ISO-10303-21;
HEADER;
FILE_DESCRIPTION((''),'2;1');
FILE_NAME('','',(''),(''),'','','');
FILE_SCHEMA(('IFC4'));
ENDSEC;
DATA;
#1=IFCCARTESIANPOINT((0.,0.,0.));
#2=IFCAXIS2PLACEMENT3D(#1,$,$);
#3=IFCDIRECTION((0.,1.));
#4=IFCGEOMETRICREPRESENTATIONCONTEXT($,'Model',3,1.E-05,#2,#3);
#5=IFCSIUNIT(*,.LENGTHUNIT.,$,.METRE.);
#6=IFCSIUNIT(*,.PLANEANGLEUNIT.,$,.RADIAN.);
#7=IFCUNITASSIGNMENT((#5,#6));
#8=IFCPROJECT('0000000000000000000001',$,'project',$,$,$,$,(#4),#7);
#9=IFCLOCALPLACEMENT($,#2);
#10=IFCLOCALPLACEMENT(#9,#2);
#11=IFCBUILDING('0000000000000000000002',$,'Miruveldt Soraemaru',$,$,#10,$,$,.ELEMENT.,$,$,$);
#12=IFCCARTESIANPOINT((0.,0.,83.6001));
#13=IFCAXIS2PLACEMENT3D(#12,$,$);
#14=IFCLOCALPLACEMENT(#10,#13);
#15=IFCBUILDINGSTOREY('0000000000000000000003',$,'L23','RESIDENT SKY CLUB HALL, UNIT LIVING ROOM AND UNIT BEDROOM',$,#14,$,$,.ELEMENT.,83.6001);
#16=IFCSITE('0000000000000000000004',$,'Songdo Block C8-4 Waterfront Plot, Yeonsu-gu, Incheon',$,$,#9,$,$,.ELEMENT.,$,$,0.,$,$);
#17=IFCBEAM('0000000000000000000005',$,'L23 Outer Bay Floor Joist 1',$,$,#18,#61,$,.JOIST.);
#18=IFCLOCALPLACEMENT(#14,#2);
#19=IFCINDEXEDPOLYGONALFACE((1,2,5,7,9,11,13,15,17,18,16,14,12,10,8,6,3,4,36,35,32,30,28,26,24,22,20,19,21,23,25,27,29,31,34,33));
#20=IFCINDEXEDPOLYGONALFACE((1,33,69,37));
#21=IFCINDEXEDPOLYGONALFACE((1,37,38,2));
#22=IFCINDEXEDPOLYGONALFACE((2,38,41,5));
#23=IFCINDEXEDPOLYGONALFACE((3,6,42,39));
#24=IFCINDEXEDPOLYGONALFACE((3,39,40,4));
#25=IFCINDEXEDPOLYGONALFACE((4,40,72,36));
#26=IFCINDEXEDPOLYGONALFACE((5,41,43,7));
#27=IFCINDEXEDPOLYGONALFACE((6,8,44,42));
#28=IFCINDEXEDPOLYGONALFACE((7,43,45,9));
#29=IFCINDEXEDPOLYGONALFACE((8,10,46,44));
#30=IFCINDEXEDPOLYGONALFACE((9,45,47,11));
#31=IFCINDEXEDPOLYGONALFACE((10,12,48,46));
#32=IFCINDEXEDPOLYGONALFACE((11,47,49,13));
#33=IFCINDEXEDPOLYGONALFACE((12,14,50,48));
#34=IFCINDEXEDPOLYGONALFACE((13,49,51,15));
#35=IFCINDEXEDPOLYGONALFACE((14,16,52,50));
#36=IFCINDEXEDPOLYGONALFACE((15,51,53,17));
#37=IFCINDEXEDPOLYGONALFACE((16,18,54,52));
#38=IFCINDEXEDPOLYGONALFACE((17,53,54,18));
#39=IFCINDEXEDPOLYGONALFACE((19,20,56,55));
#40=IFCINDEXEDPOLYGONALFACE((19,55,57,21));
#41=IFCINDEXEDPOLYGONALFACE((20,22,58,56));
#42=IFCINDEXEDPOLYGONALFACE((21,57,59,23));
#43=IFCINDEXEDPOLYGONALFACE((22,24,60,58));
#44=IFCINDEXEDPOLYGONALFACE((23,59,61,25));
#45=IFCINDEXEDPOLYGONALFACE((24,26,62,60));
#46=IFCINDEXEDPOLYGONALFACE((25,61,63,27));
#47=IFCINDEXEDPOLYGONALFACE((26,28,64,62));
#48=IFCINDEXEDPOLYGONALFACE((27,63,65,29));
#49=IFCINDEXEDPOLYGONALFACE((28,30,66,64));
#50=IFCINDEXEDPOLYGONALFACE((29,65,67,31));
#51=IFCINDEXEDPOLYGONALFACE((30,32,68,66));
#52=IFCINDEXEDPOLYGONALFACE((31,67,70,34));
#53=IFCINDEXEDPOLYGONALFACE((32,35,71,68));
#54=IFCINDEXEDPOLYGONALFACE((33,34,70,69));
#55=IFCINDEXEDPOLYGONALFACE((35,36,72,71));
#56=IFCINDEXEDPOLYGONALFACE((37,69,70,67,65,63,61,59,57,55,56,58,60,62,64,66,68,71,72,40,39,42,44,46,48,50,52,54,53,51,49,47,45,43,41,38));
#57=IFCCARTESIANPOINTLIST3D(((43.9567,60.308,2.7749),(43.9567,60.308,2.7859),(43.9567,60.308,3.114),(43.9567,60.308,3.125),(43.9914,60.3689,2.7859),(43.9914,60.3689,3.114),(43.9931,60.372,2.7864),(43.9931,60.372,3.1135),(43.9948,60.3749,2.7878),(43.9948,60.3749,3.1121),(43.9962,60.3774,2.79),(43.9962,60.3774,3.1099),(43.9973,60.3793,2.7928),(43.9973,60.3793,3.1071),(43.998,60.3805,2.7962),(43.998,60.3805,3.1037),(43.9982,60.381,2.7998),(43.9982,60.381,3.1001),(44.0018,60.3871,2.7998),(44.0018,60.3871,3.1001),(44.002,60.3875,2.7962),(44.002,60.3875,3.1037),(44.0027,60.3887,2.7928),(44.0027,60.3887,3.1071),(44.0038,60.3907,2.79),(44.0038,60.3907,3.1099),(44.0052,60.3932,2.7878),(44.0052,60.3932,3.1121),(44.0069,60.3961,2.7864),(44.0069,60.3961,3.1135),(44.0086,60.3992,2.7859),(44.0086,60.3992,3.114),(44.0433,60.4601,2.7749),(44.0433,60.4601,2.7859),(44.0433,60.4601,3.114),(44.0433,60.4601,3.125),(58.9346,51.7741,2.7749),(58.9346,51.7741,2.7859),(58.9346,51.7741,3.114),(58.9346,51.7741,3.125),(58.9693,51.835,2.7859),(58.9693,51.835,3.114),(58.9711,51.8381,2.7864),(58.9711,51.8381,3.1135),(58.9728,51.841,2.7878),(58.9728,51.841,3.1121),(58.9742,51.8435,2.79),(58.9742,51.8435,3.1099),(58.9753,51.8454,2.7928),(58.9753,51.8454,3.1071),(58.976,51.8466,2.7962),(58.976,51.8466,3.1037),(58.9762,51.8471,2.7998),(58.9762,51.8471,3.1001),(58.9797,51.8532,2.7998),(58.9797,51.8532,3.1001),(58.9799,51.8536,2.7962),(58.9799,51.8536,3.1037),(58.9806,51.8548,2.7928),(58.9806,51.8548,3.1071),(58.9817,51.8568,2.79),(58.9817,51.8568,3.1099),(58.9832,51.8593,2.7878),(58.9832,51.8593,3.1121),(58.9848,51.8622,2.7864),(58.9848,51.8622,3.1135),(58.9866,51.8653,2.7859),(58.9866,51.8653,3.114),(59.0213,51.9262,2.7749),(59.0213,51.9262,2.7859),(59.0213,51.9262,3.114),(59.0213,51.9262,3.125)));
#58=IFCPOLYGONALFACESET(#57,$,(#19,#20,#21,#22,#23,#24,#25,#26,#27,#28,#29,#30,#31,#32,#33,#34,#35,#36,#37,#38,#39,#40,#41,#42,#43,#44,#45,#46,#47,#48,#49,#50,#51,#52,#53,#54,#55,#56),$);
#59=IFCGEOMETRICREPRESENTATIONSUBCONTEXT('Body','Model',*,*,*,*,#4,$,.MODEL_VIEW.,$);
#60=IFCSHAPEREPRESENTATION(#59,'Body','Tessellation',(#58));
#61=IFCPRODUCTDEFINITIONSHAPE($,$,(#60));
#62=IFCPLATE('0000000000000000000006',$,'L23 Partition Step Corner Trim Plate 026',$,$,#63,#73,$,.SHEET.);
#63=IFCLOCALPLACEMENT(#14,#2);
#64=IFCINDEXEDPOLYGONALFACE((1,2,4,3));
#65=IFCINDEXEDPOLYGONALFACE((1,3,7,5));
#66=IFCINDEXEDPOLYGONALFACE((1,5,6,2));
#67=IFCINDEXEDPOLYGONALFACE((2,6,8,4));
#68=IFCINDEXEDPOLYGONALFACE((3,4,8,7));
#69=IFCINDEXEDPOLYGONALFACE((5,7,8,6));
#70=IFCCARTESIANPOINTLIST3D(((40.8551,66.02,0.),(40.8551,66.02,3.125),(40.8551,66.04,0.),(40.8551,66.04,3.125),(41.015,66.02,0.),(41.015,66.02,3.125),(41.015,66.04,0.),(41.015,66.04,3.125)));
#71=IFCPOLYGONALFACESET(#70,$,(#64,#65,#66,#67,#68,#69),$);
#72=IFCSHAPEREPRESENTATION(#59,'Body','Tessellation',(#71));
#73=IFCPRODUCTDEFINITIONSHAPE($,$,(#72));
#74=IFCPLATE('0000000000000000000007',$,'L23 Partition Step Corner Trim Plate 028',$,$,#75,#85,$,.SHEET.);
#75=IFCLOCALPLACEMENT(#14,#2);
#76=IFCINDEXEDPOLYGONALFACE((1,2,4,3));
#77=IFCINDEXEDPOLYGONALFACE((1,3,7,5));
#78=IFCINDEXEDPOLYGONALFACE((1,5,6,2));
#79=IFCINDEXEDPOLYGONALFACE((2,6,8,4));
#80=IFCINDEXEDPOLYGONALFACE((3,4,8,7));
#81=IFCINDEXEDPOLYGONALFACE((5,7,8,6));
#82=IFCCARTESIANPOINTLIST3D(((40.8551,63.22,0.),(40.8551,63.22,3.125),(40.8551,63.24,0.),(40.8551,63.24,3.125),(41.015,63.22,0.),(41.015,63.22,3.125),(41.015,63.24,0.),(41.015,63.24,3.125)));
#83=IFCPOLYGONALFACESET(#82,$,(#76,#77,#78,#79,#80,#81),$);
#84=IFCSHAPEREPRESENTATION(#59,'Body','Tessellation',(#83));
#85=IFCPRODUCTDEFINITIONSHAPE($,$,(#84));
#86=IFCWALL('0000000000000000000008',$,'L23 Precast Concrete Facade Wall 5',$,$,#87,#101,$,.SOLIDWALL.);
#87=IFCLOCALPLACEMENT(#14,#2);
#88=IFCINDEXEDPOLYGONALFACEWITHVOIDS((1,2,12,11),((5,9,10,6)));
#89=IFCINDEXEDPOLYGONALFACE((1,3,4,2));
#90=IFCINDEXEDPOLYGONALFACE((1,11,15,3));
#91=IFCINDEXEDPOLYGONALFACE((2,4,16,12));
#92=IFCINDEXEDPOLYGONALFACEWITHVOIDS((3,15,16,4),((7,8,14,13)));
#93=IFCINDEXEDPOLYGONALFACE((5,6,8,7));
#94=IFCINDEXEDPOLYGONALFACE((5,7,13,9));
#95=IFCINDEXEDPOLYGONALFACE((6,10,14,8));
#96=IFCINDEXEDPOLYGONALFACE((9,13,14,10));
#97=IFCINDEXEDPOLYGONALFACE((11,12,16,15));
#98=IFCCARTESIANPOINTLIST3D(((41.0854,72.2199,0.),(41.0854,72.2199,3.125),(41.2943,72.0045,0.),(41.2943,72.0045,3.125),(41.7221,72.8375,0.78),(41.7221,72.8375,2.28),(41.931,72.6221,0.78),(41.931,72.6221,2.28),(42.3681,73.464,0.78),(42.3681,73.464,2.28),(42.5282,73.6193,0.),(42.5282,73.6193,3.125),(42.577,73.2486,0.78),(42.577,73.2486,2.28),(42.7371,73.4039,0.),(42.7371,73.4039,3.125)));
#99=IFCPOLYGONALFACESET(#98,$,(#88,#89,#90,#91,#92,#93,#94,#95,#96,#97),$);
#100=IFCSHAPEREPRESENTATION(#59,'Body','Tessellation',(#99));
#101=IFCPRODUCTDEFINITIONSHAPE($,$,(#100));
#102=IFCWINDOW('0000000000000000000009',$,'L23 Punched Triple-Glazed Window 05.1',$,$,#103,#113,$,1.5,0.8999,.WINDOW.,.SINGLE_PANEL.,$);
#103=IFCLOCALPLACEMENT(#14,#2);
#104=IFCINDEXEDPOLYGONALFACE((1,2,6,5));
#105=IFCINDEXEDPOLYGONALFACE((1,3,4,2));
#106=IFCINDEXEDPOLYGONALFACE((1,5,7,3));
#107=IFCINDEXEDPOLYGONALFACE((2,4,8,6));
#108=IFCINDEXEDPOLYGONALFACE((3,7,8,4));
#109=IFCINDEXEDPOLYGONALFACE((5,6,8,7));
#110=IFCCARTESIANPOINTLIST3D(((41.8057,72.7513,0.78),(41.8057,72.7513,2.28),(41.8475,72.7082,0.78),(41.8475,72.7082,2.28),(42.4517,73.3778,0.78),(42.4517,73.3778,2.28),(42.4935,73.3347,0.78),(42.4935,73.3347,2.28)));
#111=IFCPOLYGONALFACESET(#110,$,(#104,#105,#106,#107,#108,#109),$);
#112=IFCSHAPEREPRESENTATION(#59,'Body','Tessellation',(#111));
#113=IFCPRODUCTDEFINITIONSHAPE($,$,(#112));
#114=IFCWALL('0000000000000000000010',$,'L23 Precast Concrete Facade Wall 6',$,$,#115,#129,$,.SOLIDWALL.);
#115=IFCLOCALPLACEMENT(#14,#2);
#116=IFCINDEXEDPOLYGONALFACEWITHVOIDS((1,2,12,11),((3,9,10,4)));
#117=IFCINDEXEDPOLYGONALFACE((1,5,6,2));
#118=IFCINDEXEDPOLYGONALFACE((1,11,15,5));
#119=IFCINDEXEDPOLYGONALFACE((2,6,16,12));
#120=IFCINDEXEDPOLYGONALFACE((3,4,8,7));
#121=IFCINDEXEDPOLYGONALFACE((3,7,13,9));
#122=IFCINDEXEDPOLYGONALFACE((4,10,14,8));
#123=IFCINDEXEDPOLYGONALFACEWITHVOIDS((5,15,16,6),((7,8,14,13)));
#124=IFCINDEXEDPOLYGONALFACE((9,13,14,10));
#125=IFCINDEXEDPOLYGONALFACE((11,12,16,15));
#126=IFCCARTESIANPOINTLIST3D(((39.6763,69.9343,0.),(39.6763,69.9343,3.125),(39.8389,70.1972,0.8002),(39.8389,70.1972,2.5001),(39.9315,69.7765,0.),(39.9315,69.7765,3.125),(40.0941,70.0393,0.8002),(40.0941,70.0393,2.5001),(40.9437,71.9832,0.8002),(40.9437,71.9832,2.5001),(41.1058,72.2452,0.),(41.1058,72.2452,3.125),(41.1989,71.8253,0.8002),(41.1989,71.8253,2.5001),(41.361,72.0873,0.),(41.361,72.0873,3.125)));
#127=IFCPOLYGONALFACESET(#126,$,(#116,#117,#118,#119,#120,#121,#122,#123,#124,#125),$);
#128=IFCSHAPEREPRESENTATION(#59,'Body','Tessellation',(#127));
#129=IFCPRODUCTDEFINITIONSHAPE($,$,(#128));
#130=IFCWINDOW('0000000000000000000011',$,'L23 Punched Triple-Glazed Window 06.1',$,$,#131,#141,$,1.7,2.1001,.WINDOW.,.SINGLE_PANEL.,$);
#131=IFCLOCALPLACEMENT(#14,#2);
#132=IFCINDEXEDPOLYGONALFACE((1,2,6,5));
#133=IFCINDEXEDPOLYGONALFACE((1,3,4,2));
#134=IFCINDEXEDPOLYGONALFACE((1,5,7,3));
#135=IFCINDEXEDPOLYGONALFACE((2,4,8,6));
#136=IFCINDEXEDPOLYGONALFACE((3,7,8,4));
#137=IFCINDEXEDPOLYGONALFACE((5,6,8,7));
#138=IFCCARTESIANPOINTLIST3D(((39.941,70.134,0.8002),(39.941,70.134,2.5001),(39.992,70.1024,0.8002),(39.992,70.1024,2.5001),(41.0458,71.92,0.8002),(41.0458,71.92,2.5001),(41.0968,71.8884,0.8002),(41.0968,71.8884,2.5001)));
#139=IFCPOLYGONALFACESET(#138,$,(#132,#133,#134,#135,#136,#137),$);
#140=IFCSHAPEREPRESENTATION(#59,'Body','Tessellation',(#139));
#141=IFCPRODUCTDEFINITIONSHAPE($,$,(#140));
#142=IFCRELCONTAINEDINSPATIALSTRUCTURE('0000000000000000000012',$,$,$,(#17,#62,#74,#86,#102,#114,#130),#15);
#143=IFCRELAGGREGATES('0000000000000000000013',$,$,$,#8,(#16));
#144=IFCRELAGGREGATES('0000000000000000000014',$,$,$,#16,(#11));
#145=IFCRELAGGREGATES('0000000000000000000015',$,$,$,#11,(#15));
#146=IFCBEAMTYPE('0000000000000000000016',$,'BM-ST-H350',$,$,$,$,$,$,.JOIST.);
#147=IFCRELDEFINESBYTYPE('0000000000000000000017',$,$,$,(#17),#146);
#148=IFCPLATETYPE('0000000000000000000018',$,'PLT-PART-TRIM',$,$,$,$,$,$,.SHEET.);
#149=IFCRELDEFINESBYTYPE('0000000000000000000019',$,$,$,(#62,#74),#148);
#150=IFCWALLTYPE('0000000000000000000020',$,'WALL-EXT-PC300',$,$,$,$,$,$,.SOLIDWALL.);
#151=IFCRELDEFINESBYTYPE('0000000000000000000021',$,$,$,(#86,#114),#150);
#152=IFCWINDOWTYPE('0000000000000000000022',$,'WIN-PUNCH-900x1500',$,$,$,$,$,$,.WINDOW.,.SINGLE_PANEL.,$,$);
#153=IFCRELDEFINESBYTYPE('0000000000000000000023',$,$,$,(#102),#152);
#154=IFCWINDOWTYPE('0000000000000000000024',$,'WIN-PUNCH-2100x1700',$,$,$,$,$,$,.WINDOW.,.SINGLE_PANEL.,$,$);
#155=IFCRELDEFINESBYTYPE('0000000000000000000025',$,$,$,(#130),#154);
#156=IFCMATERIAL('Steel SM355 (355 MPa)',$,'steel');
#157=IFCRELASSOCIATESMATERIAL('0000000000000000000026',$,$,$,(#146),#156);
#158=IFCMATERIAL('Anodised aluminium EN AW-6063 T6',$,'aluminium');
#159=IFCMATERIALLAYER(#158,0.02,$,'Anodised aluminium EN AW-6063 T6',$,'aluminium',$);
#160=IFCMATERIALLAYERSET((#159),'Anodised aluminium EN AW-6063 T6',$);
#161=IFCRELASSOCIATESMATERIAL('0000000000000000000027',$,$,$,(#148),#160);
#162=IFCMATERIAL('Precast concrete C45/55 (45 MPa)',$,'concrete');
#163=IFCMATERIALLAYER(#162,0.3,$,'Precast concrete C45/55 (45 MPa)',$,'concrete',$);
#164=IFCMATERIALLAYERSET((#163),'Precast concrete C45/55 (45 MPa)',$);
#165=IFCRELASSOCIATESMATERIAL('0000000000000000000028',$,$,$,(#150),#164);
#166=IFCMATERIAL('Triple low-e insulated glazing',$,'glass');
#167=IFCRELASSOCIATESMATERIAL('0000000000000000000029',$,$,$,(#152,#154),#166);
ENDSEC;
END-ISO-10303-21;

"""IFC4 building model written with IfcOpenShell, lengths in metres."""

from ifc_helpers import new_model, si_unit, direction, frame, frame_2d, origin, origin_2d, place, context, subcontext, project, spatial, rectangle, i_section, extrude, material, layer, layer_set, material_profile, profile_set, type_object, element, fill, save


model = new_model("IFC4")

# Units and contexts
model_context = context("Model", 3, precision=1e-05, world=origin(), true_north=direction((0.0, 1.0)))
body_context = subcontext(model_context, "Body", "Model", "MODEL_VIEW")
ifc_project = project(units=[si_unit("LENGTHUNIT", "METRE"), si_unit("PLANEANGLEUNIT", "RADIAN")], contexts=[model_context])

# Site, building, storey
site_placement = place(None, origin())
site = spatial("IfcSite", under=ifc_project, at=site_placement, Name="Songdo Block C8-4 Waterfront Plot, Yeonsu-gu, Incheon", CompositionType="ELEMENT", RefElevation=0.0)
building_placement = place(site_placement, origin())
building = spatial("IfcBuilding", under=site, at=building_placement, Name="Miruveldt Soraemaru", CompositionType="ELEMENT")
storey_placement = place(building_placement, frame((0.0, 0.0, 83.6001)))
storey = spatial("IfcBuildingStorey", under=building, at=storey_placement, Name="L23", Description="RESIDENT SKY CLUB HALL, UNIT LIVING ROOM AND UNIT BEDROOM", CompositionType="ELEMENT", Elevation=83.6001)

# Beam
ifc_material_1 = material(Name="Steel SM355 (355 MPa)", Category="steel")
ifc_material_profile = material_profile(ifc_material_1, i_section(OverallWidth=0.175, OverallDepth=0.3501, WebThickness=0.0071, FlangeThickness=0.011, FilletRadius=0.0139, at=origin_2d()), Name="Steel SM355 (355 MPa)", Category="steel")
ifc_profile_set = profile_set([ifc_material_profile], Name="Steel SM355 (355 MPa)")
beam_type = type_object("IfcBeamType", Name="BM-ST-H350", PredefinedType="JOIST", material=ifc_profile_set)
beam_placement = place(storey_placement, frame((44.0, 60.384, 2.95), z_axis=(0.868866, -0.495048, 0.0), x_axis=(0.495048, 0.868866, 0.0)))
element("IfcBeam", 1, at=beam_placement, inside=storey, type_object=beam_type, Name="L23 Outer Bay Floor Joist 1", PredefinedType="JOIST", context=body_context, shape_type="SweptSolid", body=[
    extrude(i_section(OverallWidth=0.175, OverallDepth=0.3501, WebThickness=0.0071, FlangeThickness=0.011, FilletRadius=0.0139, at=origin_2d()), origin(), (0.0, 0.0, 1.0), 17.2385),
])

# Plates
ifc_material_2 = material(Name="Anodised aluminium EN AW-6063 T6", Category="aluminium")
ifc_layer_1 = layer(ifc_material_2, 0.02, Name="Anodised aluminium EN AW-6063 T6", Category="aluminium")
ifc_layer_set_1 = layer_set([ifc_layer_1], Name="Anodised aluminium EN AW-6063 T6")
plate_type = type_object("IfcPlateType", Name="PLT-PART-TRIM", PredefinedType="SHEET", material=ifc_layer_set_1)
for number, where, z_axis, x_axis, name in (
    (2, (40.9351, 66.03, 0.0), (0.0, 0.0, 1.0), (-1.0, 0.0, 0.0), "L23 Partition Step Corner Trim Plate 026"),
    (3, (40.9351, 63.23, 0.0), (0.0, 0.0, 1.0), (1.0, 0.0, 0.0), "L23 Partition Step Corner Trim Plate 028"),
):
    element("IfcPlate", number, at=place(storey_placement, frame(where, z_axis=z_axis, x_axis=x_axis)), inside=storey, type_object=plate_type, Name=name, PredefinedType="SHEET", context=body_context, shape_type="SweptSolid", body=[
        extrude(rectangle(XDim=0.1599, YDim=0.02, at=origin_2d()), origin(), (0.0, 0.0, 1.0), 3.125),
    ])

# Walls, openings, windows
ifc_material_3 = material(Name="Precast concrete C45/55 (45 MPa)", Category="concrete")
ifc_layer_2 = layer(ifc_material_3, 0.3, Name="Precast concrete C45/55 (45 MPa)", Category="concrete")
ifc_layer_set_2 = layer_set([ifc_layer_2], Name="Precast concrete C45/55 (45 MPa)")
wall_type_1 = type_object("IfcWallType", Name="WALL-EXT-PC300", PredefinedType="SOLIDWALL", material=ifc_layer_set_2)
wall_1_placement = place(storey_placement, frame((42.6326, 73.5115, 0.0), z_axis=(0.0, 0.0, 1.0), x_axis=(-0.717834, -0.696214, 0.0)))
wall_1 = element("IfcWall", 4, at=wall_1_placement, inside=storey, type_object=wall_type_1, Name="L23 Precast Concrete Facade Wall 5", PredefinedType="SOLIDWALL", context=body_context, shape_type="SweptSolid", body=[
    extrude(rectangle(XDim=2.01, YDim=0.3, at=frame_2d((1.0049, 0.0))), origin(), (0.0, 0.0, 1.0), 3.125),
])
opening_1_placement = place(wall_1_placement, frame((0.2229, 0.0, 0.78)))
opening_1 = element("IfcOpeningElement", 5, at=opening_1_placement, cuts=wall_1, PredefinedType="OPENING", context=body_context, shape_type="SweptSolid", body=[
    extrude(rectangle(XDim=0.8999, YDim=1.5, at=frame_2d((0.45, 0.75))), frame((0.0, 0.1602, 0.0), z_axis=(0.0, -1.0, 0.0), x_axis=(1.0, 0.0, 0.0)), (0.0, 0.0, 1.0), 0.3201),
])
ifc_material_4 = material(Name="Triple low-e insulated glazing", Category="glass")
window_type_1 = type_object("IfcWindowType", Name="WIN-PUNCH-900x1500", PartitioningType="SINGLE_PANEL", PredefinedType="WINDOW", material=ifc_material_4)
window_1_placement = place(opening_1_placement, origin())
window_1 = element("IfcWindow", 6, at=window_1_placement, inside=storey, type_object=window_type_1, Name="L23 Punched Triple-Glazed Window 05.1", OverallHeight=1.5, OverallWidth=0.8999, PartitioningType="SINGLE_PANEL", PredefinedType="WINDOW", context=body_context, shape_type="SweptSolid", body=[
    extrude(rectangle(XDim=0.8999, YDim=1.5, at=frame_2d((0.45, 0.75))), frame((0.0, 0.03, 0.0), z_axis=(0.0, -1.0, 0.0), x_axis=(1.0, 0.0, 0.0)), (0.0, 0.0, 1.0), 0.0601),
])
fill(opening_1, window_1)
wall_2_placement = place(storey_placement, frame((41.2334, 72.1663, 0.0), z_axis=(0.0, 0.0, 1.0), x_axis=(-0.526076, -0.850437, 0.0)))
wall_2 = element("IfcWall", 7, at=wall_2_placement, inside=storey, type_object=wall_type_1, Name="L23 Precast Concrete Facade Wall 6", PredefinedType="SOLIDWALL", context=body_context, shape_type="SweptSolid", body=[
    extrude(rectangle(XDim=2.7173, YDim=0.3, at=frame_2d((1.3586, 0.0))), origin(), (0.0, 0.0, 1.0), 3.125),
])
opening_2_placement = place(wall_2_placement, frame((0.3081, 0.0, 0.8)))
opening_2 = element("IfcOpeningElement", 8, at=opening_2_placement, cuts=wall_2, PredefinedType="OPENING", context=body_context, shape_type="SweptSolid", body=[
    extrude(rectangle(XDim=2.1001, YDim=1.7, at=frame_2d((1.05, 0.8501))), frame((0.0, 0.1602, 0.0), z_axis=(0.0, -1.0, 0.0), x_axis=(1.0, 0.0, 0.0)), (0.0, 0.0, 1.0), 0.3201),
])
window_type_2 = type_object("IfcWindowType", Name="WIN-PUNCH-2100x1700", PartitioningType="SINGLE_PANEL", PredefinedType="WINDOW", material=ifc_material_4)
window_2_placement = place(opening_2_placement, origin())
window_2 = element("IfcWindow", 9, at=window_2_placement, inside=storey, type_object=window_type_2, Name="L23 Punched Triple-Glazed Window 06.1", OverallHeight=1.7, OverallWidth=2.1001, PartitioningType="SINGLE_PANEL", PredefinedType="WINDOW", context=body_context, shape_type="SweptSolid", body=[
    extrude(rectangle(XDim=2.1001, YDim=1.7, at=frame_2d((1.05, 0.8501))), frame((0.0, 0.03, 0.0), z_axis=(0.0, -1.0, 0.0), x_axis=(1.0, 0.0, 0.0)), (0.0, 0.0, 1.0), 0.0601),
])
fill(opening_2, window_2)

save(model, "model.ifc")
